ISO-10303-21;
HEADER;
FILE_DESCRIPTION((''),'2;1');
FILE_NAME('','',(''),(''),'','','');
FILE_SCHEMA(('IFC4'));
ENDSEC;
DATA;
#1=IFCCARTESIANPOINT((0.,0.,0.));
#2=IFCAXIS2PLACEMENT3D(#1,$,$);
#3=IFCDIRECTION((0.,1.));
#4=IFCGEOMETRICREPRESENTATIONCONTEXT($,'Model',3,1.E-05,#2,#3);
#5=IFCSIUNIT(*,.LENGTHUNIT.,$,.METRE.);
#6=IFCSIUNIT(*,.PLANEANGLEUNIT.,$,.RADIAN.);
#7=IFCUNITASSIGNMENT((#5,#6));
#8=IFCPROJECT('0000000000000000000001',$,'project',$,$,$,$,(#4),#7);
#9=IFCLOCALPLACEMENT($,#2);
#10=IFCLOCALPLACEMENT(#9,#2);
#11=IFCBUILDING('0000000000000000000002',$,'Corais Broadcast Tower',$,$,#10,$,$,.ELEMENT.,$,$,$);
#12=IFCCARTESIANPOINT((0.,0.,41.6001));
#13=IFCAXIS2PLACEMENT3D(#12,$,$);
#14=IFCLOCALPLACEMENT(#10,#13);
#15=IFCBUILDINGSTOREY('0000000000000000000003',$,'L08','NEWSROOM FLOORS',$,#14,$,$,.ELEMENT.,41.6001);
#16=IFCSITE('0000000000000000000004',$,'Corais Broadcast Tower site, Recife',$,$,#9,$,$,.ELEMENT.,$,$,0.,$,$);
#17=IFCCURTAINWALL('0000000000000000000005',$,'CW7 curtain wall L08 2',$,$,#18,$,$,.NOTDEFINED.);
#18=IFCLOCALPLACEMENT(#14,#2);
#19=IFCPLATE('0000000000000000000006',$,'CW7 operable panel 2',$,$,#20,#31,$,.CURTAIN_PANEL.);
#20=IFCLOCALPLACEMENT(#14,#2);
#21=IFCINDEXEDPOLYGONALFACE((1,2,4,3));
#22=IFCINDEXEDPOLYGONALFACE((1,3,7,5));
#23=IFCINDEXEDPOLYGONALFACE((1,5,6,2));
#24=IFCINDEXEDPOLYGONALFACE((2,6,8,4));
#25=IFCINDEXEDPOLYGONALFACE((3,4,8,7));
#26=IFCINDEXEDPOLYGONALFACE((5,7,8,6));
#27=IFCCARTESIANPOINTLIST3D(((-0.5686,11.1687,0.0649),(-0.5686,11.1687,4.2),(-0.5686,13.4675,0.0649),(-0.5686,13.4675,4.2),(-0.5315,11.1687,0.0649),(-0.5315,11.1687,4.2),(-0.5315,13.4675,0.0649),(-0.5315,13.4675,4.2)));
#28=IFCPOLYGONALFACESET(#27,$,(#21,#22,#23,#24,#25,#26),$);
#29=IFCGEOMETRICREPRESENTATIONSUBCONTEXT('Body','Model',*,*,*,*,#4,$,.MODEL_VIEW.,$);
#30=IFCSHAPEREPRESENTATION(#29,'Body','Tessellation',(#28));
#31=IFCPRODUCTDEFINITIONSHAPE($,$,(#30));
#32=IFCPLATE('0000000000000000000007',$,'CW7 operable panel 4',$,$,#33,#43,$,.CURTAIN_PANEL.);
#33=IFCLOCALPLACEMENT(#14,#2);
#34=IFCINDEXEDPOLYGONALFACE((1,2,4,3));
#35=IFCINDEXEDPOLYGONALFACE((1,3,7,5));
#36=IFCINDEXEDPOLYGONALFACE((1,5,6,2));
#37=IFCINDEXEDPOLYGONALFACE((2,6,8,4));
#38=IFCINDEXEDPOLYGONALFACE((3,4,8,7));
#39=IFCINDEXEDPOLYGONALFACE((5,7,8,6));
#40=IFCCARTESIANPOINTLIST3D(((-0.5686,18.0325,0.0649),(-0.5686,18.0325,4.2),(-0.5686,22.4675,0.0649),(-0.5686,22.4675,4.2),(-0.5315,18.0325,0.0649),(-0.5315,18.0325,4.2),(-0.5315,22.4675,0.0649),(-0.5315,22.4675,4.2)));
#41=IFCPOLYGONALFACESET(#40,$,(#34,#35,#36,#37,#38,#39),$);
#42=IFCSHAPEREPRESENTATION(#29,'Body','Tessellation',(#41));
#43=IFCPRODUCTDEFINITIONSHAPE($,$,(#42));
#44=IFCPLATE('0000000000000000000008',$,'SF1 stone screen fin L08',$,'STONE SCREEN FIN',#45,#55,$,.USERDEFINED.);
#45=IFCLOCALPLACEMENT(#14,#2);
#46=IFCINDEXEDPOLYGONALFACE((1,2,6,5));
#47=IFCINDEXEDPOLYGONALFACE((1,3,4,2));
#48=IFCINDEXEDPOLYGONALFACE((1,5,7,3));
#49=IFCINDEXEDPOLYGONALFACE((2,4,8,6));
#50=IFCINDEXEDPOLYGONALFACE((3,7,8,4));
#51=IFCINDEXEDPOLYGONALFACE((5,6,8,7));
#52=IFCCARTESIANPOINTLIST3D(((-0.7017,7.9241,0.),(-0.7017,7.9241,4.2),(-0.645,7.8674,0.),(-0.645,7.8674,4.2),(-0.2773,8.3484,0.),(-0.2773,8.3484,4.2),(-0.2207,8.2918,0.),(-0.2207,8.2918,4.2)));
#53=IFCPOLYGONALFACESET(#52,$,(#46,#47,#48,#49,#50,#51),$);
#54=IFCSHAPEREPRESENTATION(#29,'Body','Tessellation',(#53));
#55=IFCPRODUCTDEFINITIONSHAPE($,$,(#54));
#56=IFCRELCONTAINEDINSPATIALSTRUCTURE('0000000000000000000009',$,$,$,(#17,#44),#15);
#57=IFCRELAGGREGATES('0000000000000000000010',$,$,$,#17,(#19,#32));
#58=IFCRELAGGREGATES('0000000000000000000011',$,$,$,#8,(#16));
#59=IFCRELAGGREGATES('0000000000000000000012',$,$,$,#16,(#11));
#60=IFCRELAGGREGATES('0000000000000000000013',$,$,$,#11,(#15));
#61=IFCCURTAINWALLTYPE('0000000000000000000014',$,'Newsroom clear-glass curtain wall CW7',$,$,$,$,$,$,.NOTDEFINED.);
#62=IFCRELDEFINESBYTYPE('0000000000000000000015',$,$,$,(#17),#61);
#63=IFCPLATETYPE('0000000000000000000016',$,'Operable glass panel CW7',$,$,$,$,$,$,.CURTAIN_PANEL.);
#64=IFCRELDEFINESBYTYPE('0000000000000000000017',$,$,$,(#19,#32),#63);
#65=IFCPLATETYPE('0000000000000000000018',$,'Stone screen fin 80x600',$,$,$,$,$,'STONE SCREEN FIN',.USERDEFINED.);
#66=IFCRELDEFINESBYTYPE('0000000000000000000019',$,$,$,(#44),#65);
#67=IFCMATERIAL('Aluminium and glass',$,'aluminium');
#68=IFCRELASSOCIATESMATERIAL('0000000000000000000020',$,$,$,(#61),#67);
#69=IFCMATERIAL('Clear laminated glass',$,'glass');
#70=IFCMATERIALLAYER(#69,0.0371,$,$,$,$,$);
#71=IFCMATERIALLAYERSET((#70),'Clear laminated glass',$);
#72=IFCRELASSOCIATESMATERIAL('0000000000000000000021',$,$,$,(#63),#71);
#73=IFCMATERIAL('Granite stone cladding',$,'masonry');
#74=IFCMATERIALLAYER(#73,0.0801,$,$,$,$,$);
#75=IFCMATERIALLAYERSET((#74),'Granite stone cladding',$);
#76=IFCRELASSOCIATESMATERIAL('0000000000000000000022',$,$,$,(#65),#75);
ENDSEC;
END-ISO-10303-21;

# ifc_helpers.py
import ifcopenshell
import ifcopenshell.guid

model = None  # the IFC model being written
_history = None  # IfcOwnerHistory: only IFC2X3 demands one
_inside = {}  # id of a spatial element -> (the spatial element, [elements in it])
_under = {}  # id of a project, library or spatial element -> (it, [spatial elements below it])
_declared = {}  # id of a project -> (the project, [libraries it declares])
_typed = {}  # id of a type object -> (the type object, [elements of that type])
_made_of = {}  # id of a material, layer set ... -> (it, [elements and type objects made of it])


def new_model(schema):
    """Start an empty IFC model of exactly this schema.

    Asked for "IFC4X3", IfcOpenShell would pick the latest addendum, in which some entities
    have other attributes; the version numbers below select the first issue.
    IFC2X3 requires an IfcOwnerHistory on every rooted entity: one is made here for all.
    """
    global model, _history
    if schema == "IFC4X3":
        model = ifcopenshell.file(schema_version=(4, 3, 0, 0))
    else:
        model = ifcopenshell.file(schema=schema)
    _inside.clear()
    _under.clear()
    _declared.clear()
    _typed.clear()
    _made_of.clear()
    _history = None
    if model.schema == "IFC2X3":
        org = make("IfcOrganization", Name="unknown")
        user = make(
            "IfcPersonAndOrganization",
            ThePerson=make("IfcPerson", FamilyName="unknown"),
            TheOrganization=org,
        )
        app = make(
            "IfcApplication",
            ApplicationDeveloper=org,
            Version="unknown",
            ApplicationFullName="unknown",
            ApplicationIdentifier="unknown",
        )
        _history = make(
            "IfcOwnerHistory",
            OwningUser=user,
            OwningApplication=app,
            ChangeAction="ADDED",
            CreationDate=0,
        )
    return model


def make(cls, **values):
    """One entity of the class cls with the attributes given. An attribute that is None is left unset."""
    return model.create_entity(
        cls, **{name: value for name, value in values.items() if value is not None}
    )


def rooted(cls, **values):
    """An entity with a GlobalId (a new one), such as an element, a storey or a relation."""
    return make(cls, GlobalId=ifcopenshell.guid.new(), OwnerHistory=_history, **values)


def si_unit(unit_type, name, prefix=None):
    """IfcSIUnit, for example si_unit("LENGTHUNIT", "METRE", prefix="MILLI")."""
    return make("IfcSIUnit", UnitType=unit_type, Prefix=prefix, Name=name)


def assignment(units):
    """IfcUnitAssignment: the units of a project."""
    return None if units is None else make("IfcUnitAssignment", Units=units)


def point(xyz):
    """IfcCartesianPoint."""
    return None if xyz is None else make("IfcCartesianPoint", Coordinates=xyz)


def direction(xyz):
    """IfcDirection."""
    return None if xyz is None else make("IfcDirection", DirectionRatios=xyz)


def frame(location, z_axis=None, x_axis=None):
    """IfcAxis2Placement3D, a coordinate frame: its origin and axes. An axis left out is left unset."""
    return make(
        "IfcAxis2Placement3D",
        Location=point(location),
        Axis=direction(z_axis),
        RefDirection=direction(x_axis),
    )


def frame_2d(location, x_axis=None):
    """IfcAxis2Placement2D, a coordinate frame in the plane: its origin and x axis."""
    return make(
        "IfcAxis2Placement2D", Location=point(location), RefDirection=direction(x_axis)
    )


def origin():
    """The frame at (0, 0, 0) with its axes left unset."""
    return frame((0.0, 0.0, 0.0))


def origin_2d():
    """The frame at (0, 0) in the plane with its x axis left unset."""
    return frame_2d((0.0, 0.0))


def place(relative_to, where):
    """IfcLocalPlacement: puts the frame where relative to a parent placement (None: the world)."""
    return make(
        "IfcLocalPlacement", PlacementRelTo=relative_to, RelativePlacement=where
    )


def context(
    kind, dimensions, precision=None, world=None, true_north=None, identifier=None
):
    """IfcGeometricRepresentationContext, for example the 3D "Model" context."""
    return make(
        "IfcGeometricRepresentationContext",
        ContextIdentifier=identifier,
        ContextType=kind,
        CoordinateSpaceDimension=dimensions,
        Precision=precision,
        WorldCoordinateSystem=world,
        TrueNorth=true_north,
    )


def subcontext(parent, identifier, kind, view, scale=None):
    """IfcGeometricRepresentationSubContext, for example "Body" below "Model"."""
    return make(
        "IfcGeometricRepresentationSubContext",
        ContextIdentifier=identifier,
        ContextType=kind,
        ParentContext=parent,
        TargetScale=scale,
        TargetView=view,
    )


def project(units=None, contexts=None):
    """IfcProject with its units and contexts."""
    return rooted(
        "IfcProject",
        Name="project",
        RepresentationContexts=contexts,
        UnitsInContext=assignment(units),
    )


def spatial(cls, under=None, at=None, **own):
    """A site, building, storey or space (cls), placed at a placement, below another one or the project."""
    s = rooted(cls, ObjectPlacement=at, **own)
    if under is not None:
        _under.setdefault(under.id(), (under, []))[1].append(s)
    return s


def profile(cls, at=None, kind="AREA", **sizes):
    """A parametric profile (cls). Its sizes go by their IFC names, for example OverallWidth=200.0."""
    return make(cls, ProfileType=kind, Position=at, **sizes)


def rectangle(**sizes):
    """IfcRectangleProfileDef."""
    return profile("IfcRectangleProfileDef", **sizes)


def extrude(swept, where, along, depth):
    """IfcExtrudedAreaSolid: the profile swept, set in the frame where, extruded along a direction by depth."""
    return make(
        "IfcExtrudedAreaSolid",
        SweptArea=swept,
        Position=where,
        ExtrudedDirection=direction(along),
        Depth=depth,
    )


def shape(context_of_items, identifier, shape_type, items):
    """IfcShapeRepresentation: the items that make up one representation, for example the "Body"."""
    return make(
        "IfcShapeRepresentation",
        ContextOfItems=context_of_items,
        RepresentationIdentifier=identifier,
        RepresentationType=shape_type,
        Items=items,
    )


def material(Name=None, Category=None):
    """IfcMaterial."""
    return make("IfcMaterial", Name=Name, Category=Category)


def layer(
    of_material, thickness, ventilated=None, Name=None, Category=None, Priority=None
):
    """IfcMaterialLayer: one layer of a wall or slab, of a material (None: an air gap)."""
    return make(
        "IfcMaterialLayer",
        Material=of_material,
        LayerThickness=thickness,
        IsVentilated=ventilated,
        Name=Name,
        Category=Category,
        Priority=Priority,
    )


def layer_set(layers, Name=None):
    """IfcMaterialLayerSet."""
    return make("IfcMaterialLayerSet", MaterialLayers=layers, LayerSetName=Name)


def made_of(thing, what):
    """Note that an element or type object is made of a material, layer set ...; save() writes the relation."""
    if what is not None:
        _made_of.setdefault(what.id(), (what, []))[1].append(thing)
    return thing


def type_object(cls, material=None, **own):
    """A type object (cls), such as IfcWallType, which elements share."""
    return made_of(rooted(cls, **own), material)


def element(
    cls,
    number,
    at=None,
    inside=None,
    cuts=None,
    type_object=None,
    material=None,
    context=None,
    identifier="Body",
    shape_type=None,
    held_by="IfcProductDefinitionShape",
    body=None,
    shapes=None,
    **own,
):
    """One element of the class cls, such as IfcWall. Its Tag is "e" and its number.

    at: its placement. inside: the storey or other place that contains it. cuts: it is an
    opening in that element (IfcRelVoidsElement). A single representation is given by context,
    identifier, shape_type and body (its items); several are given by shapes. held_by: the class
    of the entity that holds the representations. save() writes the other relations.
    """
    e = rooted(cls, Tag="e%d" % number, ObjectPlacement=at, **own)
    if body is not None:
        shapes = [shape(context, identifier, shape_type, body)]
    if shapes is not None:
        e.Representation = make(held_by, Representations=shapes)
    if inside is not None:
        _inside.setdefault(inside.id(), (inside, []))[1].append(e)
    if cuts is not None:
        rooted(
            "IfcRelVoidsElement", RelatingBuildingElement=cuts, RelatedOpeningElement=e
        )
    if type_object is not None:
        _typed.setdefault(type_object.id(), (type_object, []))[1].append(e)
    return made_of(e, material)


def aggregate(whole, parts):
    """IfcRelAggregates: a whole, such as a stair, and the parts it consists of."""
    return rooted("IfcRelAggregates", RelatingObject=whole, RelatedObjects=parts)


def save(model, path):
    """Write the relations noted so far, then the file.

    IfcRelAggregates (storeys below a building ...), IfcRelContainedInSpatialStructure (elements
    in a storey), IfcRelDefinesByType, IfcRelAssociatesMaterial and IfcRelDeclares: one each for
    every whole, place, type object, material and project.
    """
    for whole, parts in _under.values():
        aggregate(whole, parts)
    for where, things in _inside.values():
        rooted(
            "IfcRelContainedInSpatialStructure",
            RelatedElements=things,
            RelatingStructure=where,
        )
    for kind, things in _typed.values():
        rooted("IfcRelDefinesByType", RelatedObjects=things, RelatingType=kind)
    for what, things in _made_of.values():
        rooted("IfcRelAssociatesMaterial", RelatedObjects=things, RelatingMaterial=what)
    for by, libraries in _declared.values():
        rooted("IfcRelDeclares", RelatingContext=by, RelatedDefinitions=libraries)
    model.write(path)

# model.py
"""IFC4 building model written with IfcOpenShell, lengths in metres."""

from ifc_helpers import new_model, si_unit, direction, frame, origin, origin_2d, place, context, subcontext, project, spatial, rectangle, extrude, material, layer, layer_set, type_object, element, aggregate, save


model = new_model("IFC4")

# Units and contexts
model_context = context("Model", 3, precision=1e-05, world=origin(), true_north=direction((0.0, 1.0)))
body_context = subcontext(model_context, "Body", "Model", "MODEL_VIEW")
ifc_project = project(units=[si_unit("LENGTHUNIT", "METRE"), si_unit("PLANEANGLEUNIT", "RADIAN")], contexts=[model_context])

# Site, building, storey
site_placement = place(None, origin())
site = spatial("IfcSite", under=ifc_project, at=site_placement, Name="Corais Broadcast Tower site, Recife", CompositionType="ELEMENT", RefElevation=0.0)
building_placement = place(site_placement, origin())
building = spatial("IfcBuilding", under=site, at=building_placement, Name="Corais Broadcast Tower", CompositionType="ELEMENT")
storey_placement = place(building_placement, frame((0.0, 0.0, 41.6001)))
storey = spatial("IfcBuildingStorey", under=building, at=storey_placement, Name="L08", Description="NEWSROOM FLOORS", CompositionType="ELEMENT", Elevation=41.6001)

# Shared definitions
ifc_material_1 = material(Name="Aluminium and glass", Category="aluminium")
curtain_wall_type = type_object("IfcCurtainWallType", Name="Newsroom clear-glass curtain wall CW7", PredefinedType="NOTDEFINED", material=ifc_material_1)

# Curtain wall
curtain_wall_1_placement = place(storey_placement, origin())
curtain_wall_1 = element("IfcCurtainWall", 1, at=curtain_wall_1_placement, inside=storey, type_object=curtain_wall_type, Name="CW7 curtain wall L08 2", PredefinedType="NOTDEFINED")

# Plates
ifc_material_2 = material(Name="Clear laminated glass", Category="glass")
ifc_layer_1 = layer(ifc_material_2, 0.0371)
ifc_layer_set_1 = layer_set([ifc_layer_1], Name="Clear laminated glass")
plate_type_1 = type_object("IfcPlateType", Name="Operable glass panel CW7", PredefinedType="CURTAIN_PANEL", material=ifc_layer_set_1)
plate_1_placement = place(storey_placement, frame((-0.55, 12.3181, 0.0649), z_axis=(0.0, 0.0, 1.0), x_axis=(0.0, 1.0, 0.0)))
plate_1 = element("IfcPlate", 2, at=plate_1_placement, type_object=plate_type_1, Name="CW7 operable panel 2", PredefinedType="CURTAIN_PANEL", context=body_context, shape_type="SweptSolid", body=[
    extrude(rectangle(XDim=2.2988, YDim=0.0371, at=origin_2d()), origin(), (0.0, 0.0, 1.0), 4.135),
])
plate_2_placement = place(storey_placement, frame((-0.55, 20.25, 0.0649), z_axis=(0.0, 0.0, 1.0), x_axis=(0.0, 1.0, 0.0)))
plate_2 = element("IfcPlate", 3, at=plate_2_placement, type_object=plate_type_1, Name="CW7 operable panel 4", PredefinedType="CURTAIN_PANEL", context=body_context, shape_type="SweptSolid", body=[
    extrude(rectangle(XDim=4.4351, YDim=0.0371, at=origin_2d()), origin(), (0.0, 0.0, 1.0), 4.135),
])
aggregate(curtain_wall_1, [plate_1, plate_2])
ifc_material_3 = material(Name="Granite stone cladding", Category="masonry")
ifc_layer_2 = layer(ifc_material_3, 0.0801)
ifc_layer_set_2 = layer_set([ifc_layer_2], Name="Granite stone cladding")
plate_type_2 = type_object("IfcPlateType", Name="Stone screen fin 80x600", ElementType="STONE SCREEN FIN", PredefinedType="USERDEFINED", material=ifc_layer_set_2)
plate_3_placement = place(storey_placement, frame((-0.4612, 8.1079, 0.0), z_axis=(0.0, 0.0, 1.0), x_axis=(-0.707107, 0.707107, 0.0)))
element("IfcPlate", 4, at=plate_3_placement, inside=storey, type_object=plate_type_2, Name="SF1 stone screen fin L08", ObjectType="STONE SCREEN FIN", PredefinedType="USERDEFINED", context=body_context, shape_type="SweptSolid", body=[
    extrude(rectangle(XDim=0.0801, YDim=0.6001, at=origin_2d()), origin(), (0.0, 0.0, 1.0), 4.2),
])

save(model, "model.ifc")
